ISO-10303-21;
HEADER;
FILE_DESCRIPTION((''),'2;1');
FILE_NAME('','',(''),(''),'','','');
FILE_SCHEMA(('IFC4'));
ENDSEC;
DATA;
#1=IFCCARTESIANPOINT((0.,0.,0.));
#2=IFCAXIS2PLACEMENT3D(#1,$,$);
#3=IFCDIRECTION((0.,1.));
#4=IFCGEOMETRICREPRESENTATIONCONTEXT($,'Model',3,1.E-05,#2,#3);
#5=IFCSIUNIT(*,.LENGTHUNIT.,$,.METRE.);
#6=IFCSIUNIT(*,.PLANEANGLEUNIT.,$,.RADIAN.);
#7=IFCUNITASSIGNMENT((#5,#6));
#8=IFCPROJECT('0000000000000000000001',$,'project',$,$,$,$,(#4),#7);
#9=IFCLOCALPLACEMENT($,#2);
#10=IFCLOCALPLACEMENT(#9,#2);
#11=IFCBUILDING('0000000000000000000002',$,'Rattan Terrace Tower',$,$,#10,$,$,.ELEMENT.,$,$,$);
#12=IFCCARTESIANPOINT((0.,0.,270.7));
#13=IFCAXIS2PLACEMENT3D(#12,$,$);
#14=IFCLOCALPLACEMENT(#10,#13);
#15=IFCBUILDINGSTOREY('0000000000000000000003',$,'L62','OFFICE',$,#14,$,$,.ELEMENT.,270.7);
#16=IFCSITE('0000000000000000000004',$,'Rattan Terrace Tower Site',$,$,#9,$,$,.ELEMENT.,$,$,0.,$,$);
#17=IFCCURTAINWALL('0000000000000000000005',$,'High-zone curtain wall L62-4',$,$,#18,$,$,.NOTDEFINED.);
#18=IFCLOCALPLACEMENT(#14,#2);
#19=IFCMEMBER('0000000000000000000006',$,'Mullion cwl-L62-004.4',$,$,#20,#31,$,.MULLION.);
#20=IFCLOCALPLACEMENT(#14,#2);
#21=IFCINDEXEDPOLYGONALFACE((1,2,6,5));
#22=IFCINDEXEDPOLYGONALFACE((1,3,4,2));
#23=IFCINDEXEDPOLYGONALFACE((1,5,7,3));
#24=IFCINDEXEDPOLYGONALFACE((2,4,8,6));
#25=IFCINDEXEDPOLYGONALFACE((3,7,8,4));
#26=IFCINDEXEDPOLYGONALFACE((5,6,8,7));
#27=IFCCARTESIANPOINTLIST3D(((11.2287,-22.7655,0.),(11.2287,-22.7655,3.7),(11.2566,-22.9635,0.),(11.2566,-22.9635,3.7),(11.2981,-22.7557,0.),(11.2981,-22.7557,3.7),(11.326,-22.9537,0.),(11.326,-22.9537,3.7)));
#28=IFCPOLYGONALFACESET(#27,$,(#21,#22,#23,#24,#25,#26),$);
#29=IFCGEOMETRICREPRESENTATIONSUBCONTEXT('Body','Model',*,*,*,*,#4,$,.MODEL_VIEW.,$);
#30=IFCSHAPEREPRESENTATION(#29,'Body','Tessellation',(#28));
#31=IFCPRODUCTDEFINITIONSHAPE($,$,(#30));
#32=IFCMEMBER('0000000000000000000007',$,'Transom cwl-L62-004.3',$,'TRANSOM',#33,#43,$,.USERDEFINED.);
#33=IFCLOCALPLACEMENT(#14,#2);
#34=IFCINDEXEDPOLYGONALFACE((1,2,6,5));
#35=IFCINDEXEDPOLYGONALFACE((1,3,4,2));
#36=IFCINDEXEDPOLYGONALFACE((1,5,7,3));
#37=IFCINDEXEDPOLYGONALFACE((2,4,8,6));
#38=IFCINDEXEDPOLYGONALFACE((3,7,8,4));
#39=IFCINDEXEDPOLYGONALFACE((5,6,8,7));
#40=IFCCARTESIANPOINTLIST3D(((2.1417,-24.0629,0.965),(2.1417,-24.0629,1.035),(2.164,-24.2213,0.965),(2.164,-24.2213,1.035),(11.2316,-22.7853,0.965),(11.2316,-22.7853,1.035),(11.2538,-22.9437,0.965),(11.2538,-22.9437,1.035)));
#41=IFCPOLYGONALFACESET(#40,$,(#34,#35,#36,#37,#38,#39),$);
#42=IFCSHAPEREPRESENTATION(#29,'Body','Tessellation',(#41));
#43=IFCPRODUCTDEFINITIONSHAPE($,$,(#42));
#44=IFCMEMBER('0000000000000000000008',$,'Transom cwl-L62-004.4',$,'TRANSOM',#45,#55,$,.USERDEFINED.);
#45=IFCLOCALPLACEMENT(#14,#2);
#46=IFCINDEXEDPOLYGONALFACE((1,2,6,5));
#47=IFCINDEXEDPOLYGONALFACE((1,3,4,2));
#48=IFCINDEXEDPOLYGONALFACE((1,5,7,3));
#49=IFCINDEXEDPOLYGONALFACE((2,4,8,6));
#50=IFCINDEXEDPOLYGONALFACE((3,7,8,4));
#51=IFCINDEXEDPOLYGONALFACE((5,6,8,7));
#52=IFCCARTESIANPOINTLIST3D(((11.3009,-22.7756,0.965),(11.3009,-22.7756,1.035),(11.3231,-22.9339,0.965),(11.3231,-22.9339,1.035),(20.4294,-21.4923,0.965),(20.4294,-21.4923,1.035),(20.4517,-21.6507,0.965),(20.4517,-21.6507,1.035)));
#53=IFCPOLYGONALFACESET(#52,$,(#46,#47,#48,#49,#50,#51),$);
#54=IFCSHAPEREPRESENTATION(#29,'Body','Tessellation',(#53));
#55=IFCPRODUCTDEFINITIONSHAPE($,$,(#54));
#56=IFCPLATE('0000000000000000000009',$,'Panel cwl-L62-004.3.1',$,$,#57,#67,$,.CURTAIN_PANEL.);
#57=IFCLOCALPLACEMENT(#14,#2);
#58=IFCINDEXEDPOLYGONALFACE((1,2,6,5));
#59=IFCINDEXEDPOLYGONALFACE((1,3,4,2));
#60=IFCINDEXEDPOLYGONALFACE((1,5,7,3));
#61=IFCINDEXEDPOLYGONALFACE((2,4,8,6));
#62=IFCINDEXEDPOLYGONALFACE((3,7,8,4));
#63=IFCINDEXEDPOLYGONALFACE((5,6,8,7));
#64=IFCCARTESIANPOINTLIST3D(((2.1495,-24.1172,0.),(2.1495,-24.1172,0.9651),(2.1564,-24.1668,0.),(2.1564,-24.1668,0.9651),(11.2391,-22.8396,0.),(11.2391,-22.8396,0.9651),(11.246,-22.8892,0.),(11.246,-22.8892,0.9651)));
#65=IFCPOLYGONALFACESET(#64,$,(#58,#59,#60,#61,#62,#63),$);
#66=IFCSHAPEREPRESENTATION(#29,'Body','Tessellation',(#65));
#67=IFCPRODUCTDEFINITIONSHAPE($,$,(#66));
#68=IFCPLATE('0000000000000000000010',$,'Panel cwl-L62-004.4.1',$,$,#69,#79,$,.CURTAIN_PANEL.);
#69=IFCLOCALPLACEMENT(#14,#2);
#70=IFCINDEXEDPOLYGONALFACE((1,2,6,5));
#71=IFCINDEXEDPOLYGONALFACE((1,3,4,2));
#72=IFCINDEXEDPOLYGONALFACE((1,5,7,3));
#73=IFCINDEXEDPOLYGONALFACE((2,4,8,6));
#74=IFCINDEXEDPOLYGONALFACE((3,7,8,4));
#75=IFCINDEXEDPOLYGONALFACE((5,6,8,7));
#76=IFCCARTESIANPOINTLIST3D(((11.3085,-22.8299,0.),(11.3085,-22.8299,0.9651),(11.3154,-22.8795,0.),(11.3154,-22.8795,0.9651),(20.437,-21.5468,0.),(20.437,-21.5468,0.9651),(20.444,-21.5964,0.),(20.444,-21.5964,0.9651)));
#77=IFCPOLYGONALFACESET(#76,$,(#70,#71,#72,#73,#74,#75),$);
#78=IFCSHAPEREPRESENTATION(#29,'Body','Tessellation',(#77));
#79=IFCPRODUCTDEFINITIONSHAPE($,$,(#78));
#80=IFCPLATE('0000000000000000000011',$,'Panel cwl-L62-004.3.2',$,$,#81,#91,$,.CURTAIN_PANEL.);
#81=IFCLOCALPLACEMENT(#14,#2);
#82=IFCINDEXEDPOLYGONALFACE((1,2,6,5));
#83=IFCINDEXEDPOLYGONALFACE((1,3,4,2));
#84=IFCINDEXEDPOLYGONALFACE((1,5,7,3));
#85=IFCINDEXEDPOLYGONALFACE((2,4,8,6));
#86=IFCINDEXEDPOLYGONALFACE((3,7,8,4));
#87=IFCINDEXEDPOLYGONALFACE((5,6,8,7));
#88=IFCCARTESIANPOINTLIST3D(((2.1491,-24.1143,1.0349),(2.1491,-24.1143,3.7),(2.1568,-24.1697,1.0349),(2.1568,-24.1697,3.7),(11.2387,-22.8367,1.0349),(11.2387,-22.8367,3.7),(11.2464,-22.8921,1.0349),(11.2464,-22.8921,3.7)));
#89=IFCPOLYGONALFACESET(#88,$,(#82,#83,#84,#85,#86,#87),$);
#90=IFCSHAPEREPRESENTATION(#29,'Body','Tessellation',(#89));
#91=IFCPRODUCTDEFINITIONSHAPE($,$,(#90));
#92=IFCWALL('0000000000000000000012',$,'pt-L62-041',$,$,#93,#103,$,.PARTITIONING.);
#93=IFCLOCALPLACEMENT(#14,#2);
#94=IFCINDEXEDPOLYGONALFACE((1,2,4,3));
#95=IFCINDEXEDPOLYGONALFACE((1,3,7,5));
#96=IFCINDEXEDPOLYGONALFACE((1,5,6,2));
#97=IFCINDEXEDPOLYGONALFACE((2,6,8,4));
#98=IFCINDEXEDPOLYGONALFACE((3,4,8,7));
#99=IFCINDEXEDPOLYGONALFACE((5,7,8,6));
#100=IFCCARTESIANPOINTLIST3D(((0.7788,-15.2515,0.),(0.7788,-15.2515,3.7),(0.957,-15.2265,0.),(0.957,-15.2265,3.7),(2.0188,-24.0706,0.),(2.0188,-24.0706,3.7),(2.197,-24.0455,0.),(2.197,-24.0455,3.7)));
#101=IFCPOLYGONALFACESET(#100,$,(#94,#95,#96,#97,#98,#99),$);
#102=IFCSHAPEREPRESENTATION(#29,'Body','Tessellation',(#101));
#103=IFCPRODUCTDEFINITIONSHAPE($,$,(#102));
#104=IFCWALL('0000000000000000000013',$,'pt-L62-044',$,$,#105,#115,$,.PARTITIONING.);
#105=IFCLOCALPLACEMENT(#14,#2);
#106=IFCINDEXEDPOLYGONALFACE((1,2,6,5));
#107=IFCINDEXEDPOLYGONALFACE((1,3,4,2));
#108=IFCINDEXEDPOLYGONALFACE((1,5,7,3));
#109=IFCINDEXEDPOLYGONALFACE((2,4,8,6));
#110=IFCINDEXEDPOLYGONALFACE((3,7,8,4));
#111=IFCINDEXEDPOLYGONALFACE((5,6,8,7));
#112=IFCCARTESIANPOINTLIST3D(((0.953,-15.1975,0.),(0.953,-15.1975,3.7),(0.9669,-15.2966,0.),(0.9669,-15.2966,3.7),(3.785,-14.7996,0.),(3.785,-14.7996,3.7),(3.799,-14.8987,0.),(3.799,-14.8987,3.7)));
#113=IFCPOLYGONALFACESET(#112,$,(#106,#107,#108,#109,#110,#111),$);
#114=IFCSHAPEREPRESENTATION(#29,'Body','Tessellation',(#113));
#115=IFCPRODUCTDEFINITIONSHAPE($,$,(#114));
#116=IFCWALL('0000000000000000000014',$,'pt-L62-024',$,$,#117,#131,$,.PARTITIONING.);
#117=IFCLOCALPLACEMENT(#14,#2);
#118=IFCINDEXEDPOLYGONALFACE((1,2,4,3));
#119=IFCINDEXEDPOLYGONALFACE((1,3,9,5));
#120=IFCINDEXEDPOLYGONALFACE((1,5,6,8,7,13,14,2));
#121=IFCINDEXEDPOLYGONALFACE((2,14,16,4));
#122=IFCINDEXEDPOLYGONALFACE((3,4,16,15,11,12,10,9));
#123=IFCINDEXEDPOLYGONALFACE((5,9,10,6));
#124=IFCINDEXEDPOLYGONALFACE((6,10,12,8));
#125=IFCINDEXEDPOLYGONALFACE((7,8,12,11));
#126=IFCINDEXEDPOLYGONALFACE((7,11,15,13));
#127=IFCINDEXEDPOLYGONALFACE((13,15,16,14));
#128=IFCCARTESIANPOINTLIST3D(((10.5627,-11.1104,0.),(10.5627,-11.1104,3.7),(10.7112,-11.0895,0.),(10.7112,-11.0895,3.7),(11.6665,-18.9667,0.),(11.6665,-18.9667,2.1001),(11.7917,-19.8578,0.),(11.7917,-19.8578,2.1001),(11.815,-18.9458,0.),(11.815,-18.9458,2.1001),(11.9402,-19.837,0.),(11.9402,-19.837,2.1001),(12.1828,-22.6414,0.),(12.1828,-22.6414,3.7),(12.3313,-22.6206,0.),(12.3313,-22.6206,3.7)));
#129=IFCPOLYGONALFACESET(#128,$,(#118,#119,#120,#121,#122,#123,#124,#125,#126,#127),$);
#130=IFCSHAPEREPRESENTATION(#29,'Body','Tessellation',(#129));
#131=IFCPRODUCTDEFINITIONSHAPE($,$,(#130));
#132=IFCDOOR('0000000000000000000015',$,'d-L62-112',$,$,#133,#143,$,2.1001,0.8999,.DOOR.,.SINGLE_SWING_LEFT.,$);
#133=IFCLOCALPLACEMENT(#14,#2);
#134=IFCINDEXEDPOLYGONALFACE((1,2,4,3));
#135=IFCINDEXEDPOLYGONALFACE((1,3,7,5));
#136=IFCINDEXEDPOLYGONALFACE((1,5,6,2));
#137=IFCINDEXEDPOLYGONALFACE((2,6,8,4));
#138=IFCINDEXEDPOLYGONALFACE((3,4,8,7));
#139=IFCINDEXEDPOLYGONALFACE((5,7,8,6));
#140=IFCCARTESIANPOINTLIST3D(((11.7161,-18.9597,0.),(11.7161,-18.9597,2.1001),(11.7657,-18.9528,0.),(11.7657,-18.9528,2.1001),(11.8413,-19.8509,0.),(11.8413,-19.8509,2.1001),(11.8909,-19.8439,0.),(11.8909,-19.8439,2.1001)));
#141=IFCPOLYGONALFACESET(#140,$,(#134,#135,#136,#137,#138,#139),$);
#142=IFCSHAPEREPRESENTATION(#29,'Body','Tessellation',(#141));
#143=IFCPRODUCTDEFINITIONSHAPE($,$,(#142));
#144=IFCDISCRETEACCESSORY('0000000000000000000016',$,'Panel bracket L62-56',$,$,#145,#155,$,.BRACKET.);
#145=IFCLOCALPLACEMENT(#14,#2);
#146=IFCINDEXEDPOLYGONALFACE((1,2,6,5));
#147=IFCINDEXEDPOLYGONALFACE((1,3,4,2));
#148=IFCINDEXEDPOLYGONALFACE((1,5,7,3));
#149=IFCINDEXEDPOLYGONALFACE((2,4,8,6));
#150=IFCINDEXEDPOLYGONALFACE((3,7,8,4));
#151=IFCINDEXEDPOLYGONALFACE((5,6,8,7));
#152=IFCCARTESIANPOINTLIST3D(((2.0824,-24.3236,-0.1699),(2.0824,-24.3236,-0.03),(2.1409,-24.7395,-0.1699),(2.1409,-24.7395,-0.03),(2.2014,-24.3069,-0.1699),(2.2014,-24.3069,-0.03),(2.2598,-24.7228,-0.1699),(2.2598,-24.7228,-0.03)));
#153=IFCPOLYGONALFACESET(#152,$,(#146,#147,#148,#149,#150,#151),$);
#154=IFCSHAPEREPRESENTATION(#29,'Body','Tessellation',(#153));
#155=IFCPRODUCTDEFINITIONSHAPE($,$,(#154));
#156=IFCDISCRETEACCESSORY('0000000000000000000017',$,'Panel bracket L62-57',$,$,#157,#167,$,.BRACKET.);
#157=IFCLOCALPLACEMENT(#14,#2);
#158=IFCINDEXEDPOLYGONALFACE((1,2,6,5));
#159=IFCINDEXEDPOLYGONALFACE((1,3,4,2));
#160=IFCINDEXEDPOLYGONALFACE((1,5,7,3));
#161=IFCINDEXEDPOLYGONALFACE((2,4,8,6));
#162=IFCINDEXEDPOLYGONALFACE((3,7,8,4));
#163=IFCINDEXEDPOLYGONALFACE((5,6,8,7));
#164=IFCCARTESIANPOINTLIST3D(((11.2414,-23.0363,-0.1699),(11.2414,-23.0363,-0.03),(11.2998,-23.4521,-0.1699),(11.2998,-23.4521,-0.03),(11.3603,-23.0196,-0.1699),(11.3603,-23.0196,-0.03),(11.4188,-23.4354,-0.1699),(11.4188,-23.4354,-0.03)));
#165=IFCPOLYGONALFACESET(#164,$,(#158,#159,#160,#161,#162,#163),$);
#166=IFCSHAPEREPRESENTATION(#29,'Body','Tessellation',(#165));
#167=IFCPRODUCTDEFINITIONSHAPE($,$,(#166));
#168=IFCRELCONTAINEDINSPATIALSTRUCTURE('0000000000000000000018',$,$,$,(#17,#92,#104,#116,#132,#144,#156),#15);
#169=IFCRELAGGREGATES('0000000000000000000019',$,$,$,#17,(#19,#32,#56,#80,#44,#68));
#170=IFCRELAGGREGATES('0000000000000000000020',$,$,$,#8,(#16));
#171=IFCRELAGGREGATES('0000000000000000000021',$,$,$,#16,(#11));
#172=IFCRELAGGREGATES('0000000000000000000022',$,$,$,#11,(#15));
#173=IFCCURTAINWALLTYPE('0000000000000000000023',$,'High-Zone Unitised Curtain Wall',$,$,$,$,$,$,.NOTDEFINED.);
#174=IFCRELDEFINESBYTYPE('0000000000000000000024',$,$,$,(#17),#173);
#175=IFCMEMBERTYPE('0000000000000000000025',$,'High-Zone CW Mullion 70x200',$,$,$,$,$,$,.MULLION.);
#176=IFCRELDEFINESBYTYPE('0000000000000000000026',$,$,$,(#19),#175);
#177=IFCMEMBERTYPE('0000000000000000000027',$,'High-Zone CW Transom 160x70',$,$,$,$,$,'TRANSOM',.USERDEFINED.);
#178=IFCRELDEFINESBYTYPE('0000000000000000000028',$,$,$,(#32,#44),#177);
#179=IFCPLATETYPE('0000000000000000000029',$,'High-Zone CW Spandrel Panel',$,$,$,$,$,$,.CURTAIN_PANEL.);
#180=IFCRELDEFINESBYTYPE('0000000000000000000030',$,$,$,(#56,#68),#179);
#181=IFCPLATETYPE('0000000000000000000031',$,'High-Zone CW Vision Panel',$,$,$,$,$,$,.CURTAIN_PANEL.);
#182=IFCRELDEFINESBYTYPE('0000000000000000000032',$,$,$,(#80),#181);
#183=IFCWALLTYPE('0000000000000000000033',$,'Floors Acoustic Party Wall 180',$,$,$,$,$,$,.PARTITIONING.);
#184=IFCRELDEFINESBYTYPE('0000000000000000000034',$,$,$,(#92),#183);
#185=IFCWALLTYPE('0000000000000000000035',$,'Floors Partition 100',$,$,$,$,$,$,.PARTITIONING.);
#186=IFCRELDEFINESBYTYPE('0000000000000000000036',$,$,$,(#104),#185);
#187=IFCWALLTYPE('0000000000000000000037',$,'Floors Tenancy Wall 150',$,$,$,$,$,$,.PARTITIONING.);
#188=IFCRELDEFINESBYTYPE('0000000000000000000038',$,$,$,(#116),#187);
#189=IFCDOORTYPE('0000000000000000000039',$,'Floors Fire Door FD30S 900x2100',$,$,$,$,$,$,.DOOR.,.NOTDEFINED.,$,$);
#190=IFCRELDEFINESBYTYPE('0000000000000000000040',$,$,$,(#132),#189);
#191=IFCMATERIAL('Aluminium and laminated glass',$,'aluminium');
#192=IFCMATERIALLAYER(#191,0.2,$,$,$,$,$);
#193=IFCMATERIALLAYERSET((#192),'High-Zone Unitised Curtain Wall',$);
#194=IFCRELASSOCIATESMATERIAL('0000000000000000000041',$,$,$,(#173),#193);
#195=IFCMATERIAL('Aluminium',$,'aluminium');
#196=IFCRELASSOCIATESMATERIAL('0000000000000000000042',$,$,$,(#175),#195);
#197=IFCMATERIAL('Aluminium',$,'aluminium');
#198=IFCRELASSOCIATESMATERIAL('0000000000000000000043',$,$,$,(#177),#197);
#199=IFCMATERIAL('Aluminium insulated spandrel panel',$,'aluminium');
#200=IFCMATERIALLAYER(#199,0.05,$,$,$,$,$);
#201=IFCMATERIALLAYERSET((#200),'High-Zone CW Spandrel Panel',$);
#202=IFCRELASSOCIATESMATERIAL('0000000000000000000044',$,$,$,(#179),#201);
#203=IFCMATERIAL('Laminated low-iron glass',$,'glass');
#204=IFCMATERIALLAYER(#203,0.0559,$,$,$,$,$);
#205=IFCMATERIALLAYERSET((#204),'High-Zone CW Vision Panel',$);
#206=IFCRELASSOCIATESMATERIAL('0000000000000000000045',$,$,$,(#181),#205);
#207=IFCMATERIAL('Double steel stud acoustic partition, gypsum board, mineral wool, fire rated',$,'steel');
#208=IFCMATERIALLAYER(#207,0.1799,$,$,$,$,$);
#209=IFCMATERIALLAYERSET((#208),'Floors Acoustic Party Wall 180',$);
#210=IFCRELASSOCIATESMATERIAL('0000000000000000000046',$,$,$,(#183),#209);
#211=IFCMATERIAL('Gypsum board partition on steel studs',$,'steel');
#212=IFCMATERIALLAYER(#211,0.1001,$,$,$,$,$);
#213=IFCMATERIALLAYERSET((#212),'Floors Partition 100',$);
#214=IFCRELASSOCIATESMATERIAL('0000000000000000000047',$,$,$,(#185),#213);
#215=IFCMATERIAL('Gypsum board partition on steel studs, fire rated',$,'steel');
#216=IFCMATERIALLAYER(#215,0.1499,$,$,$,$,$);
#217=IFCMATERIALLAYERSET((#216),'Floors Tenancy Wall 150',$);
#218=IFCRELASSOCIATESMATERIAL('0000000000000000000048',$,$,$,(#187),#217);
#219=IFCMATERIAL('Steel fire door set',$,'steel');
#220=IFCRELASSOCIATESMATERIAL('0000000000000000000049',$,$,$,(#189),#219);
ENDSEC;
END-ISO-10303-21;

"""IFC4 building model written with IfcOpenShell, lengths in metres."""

from ifc_helpers import new_model, si_unit, direction, frame, frame_2d, origin, origin_2d, place, context, subcontext, project, spatial, rectangle, extrude, material, layer, layer_set, material_profile, profile_set, type_object, element, fill, aggregate, save


model = new_model("IFC4")

# Units and contexts
model_context = context("Model", 3, precision=1e-05, world=origin(), true_north=direction((0.0, 1.0)))
body_context = subcontext(model_context, "Body", "Model", "MODEL_VIEW")
ifc_project = project(units=[si_unit("LENGTHUNIT", "METRE"), si_unit("PLANEANGLEUNIT", "RADIAN")], contexts=[model_context])

# Site, building, storey
site_placement = place(None, origin())
site = spatial("IfcSite", under=ifc_project, at=site_placement, Name="Rattan Terrace Tower Site", CompositionType="ELEMENT", RefElevation=0.0)
building_placement = place(site_placement, origin())
building = spatial("IfcBuilding", under=site, at=building_placement, Name="Rattan Terrace Tower", CompositionType="ELEMENT")
storey_placement = place(building_placement, frame((0.0, 0.0, 270.7)))
storey = spatial("IfcBuildingStorey", under=building, at=storey_placement, Name="L62", Description="OFFICE", CompositionType="ELEMENT", Elevation=270.7)

# Curtain wall, members, plates
ifc_material_1 = material(Name="Aluminium and laminated glass", Category="aluminium")
ifc_layer_1 = layer(ifc_material_1, 0.2)
ifc_layer_set_1 = layer_set([ifc_layer_1], Name="High-Zone Unitised Curtain Wall")
curtain_wall_type = type_object("IfcCurtainWallType", Name="High-Zone Unitised Curtain Wall", PredefinedType="NOTDEFINED", material=ifc_layer_set_1)
curtain_wall_placement = place(storey_placement, origin())
curtain_wall = element("IfcCurtainWall", 1, at=curtain_wall_placement, inside=storey, type_object=curtain_wall_type, Name="High-zone curtain wall L62-4", PredefinedType="NOTDEFINED")
ifc_material_2 = material(Name="Aluminium", Category="aluminium")
ifc_material_profile_1 = material_profile(ifc_material_2, rectangle(XDim=0.0701, YDim=0.2, at=origin_2d()), Name="Aluminium 70x200")
ifc_profile_set_1 = profile_set([ifc_material_profile_1], Name="Aluminium")
member_type_1 = type_object("IfcMemberType", Name="High-Zone CW Mullion 70x200", PredefinedType="MULLION", material=ifc_profile_set_1)
member_1_placement = place(storey_placement, frame((11.2773, -22.8596, 0.0), z_axis=(0.0, 0.0, 1.0), x_axis=(0.990266, 0.139189, 0.0)))
member_1 = element("IfcMember", 2, at=member_1_placement, type_object=member_type_1, Name="Mullion cwl-L62-004.4", PredefinedType="MULLION", context=body_context, shape_type="SweptSolid", body=[
    extrude(rectangle(XDim=0.0701, YDim=0.2, at=origin_2d()), origin(), (0.0, 0.0, 1.0), 3.7),
])
ifc_material_3 = material(Name="Aluminium", Category="aluminium")
ifc_material_profile_2 = material_profile(ifc_material_3, rectangle(XDim=0.1599, YDim=0.0701, at=origin_2d()), Name="Aluminium 160x70")
ifc_profile_set_2 = profile_set([ifc_material_profile_2], Name="Aluminium")
member_type_2 = type_object("IfcMemberType", Name="High-Zone CW Transom 160x70", ElementType="TRANSOM", PredefinedType="USERDEFINED", material=ifc_profile_set_2)
member_2_placement = place(storey_placement, frame((2.1528, -24.1421, 1.0), z_axis=(0.990267, 0.139183, 0.0), x_axis=(-0.139183, 0.990267, 0.0)))
member_2 = element("IfcMember", 3, at=member_2_placement, type_object=member_type_2, Name="Transom cwl-L62-004.3", ObjectType="TRANSOM", PredefinedType="USERDEFINED", context=body_context, shape_type="SweptSolid", body=[
    extrude(rectangle(XDim=0.1599, YDim=0.0701, at=origin_2d()), origin(), (0.0, 0.0, 1.0), 9.1792),
])
member_3_placement = place(storey_placement, frame((11.312, -22.8547, 1.0), z_axis=(0.990264, 0.139204, 0.0), x_axis=(-0.139204, 0.990264, 0.0)))
member_3 = element("IfcMember", 4, at=member_3_placement, type_object=member_type_2, Name="Transom cwl-L62-004.4", ObjectType="TRANSOM", PredefinedType="USERDEFINED", context=body_context, shape_type="SweptSolid", body=[
    extrude(rectangle(XDim=0.1599, YDim=0.0701, at=origin_2d()), origin(), (0.0, 0.0, 1.0), 9.2183),
])
ifc_material_4 = material(Name="Aluminium insulated spandrel panel", Category="aluminium")
ifc_layer_2 = layer(ifc_material_4, 0.05)
ifc_layer_set_2 = layer_set([ifc_layer_2], Name="High-Zone CW Spandrel Panel")
plate_type_1 = type_object("IfcPlateType", Name="High-Zone CW Spandrel Panel", PredefinedType="CURTAIN_PANEL", material=ifc_layer_set_2)
plate_1_placement = place(storey_placement, frame((6.6978, -23.5032, 0.0), z_axis=(0.0, 0.0, 1.0), x_axis=(0.990266, 0.139189, 0.0)))
plate_1 = element("IfcPlate", 5, at=plate_1_placement, type_object=plate_type_1, Name="Panel cwl-L62-004.3.1", PredefinedType="CURTAIN_PANEL", context=body_context, shape_type="SweptSolid", body=[
    extrude(rectangle(XDim=9.179, YDim=0.05, at=origin_2d()), origin(), (0.0, 0.0, 1.0), 0.9651),
])
plate_2_placement = place(storey_placement, frame((15.8762, -22.2131, 0.0), z_axis=(0.0, 0.0, 1.0), x_axis=(0.990266, 0.139189, 0.0)))
plate_2 = element("IfcPlate", 6, at=plate_2_placement, type_object=plate_type_1, Name="Panel cwl-L62-004.4.1", PredefinedType="CURTAIN_PANEL", context=body_context, shape_type="SweptSolid", body=[
    extrude(rectangle(XDim=9.2183, YDim=0.05, at=origin_2d()), origin(), (0.0, 0.0, 1.0), 0.9651),
])
ifc_material_5 = material(Name="Laminated low-iron glass", Category="glass")
ifc_layer_3 = layer(ifc_material_5, 0.0559)
ifc_layer_set_3 = layer_set([ifc_layer_3], Name="High-Zone CW Vision Panel")
plate_type_2 = type_object("IfcPlateType", Name="High-Zone CW Vision Panel", PredefinedType="CURTAIN_PANEL", material=ifc_layer_set_3)
plate_3_placement = place(storey_placement, frame((6.6978, -23.5032, 1.0349), z_axis=(0.0, 0.0, 1.0), x_axis=(0.990266, 0.139189, 0.0)))
plate_3 = element("IfcPlate", 7, at=plate_3_placement, type_object=plate_type_2, Name="Panel cwl-L62-004.3.2", PredefinedType="CURTAIN_PANEL", context=body_context, shape_type="SweptSolid", body=[
    extrude(rectangle(XDim=9.179, YDim=0.0559, at=origin_2d()), origin(), (0.0, 0.0, 1.0), 2.665),
])
aggregate(curtain_wall, [member_1, member_2, plate_1, plate_3, member_3, plate_2])

# Walls
ifc_material_6 = material(Name="Double steel stud acoustic partition, gypsum board, mineral wool, fire rated", Category="steel")
ifc_layer_4 = layer(ifc_material_6, 0.1799)
ifc_layer_set_4 = layer_set([ifc_layer_4], Name="Floors Acoustic Party Wall 180")
wall_type_1 = type_object("IfcWallType", Name="Floors Acoustic Party Wall 180", PredefinedType="PARTITIONING", material=ifc_layer_set_4)
wall_1_placement = place(storey_placement, frame((0.8679, -15.239, 0.0), z_axis=(0.0, 0.0, 1.0), x_axis=(0.139233, -0.99026, 0.0)))
element("IfcWall", 8, at=wall_1_placement, inside=storey, type_object=wall_type_1, Name="pt-L62-041", PredefinedType="PARTITIONING", context=body_context, shape_type="SweptSolid", body=[
    extrude(rectangle(XDim=8.9058, YDim=0.1799, at=frame_2d((4.4529, 0.0))), origin(), (0.0, 0.0, 1.0), 3.7),
])
ifc_material_7 = material(Name="Gypsum board partition on steel studs", Category="steel")
ifc_layer_5 = layer(ifc_material_7, 0.1001)
ifc_layer_set_5 = layer_set([ifc_layer_5], Name="Floors Partition 100")
wall_type_2 = type_object("IfcWallType", Name="Floors Partition 100", PredefinedType="PARTITIONING", material=ifc_layer_set_5)
wall_2_placement = place(storey_placement, frame((0.96, -15.2471, 0.0), z_axis=(0.0, 0.0, 1.0), x_axis=(0.990271, 0.13915, 0.0)))
element("IfcWall", 9, at=wall_2_placement, inside=storey, type_object=wall_type_2, Name="pt-L62-044", PredefinedType="PARTITIONING", context=body_context, shape_type="SweptSolid", body=[
    extrude(rectangle(XDim=2.8599, YDim=0.1001, at=frame_2d((1.4299, 0.0))), origin(), (0.0, 0.0, 1.0), 3.7),
])

# Wall, opening, door
ifc_material_8 = material(Name="Gypsum board partition on steel studs, fire rated", Category="steel")
ifc_layer_6 = layer(ifc_material_8, 0.1499)
ifc_layer_set_6 = layer_set([ifc_layer_6], Name="Floors Tenancy Wall 150")
wall_type_3 = type_object("IfcWallType", Name="Floors Tenancy Wall 150", PredefinedType="PARTITIONING", material=ifc_layer_set_6)
wall_3_placement = place(storey_placement, frame((12.2571, -22.6311, 0.0), z_axis=(0.0, 0.0, 1.0), x_axis=(-0.139134, 0.990274, 0.0)))
wall_3 = element("IfcWall", 10, at=wall_3_placement, inside=storey, type_object=wall_type_3, Name="pt-L62-024", PredefinedType="PARTITIONING", context=body_context, shape_type="SweptSolid", body=[
    extrude(rectangle(XDim=11.6443, YDim=0.1499, at=frame_2d((5.8223, 0.0))), origin(), (0.0, 0.0, 1.0), 3.7),
])
opening_placement = place(wall_3_placement, frame((2.811, 0.0, 0.0)))
opening = element("IfcOpeningElement", 11, at=opening_placement, cuts=wall_3, PredefinedType="OPENING", context=body_context, shape_type="SweptSolid", body=[
    extrude(rectangle(XDim=0.8999, YDim=2.1001, at=frame_2d((0.45, 1.05))), frame((0.0, 0.0854, 0.0), z_axis=(0.0, -1.0, 0.0), x_axis=(1.0, 0.0, 0.0)), (0.0, 0.0, 1.0), 0.1709),
])
ifc_material_9 = material(Name="Steel fire door set", Category="steel")
door_type = type_object("IfcDoorType", Name="Floors Fire Door FD30S 900x2100", OperationType="NOTDEFINED", PredefinedType="DOOR", material=ifc_material_9)
door_placement = place(opening_placement, origin())
door = element("IfcDoor", 12, at=door_placement, inside=storey, type_object=door_type, Name="d-L62-112", OperationType="SINGLE_SWING_LEFT", OverallHeight=2.1001, OverallWidth=0.8999, PredefinedType="DOOR", context=body_context, shape_type="SweptSolid", body=[
    extrude(rectangle(XDim=0.8999, YDim=2.1001, at=frame_2d((0.45, 1.05))), frame((0.0, 0.0249, 0.0), z_axis=(0.0, -1.0, 0.0), x_axis=(1.0, 0.0, 0.0)), (0.0, 0.0, 1.0), 0.05),
])
fill(opening, door)

# Discrete accessories
for number, where, z_axis, x_axis, name in (
    (13, (2.1711, -24.5232, -0.1699), (0.0, 0.0, 1.0), (0.990266, 0.139189, 0.0), "Panel bracket L62-56"),
    (14, (11.3301, -23.2358, -0.1699), (0.0, 0.0, 1.0), (0.990266, 0.139189, 0.0), "Panel bracket L62-57"),
):
    element("IfcDiscreteAccessory", number, at=place(storey_placement, frame(where, z_axis=z_axis, x_axis=x_axis)), inside=storey, Name=name, PredefinedType="BRACKET", context=body_context, shape_type="SweptSolid", body=[
        extrude(rectangle(XDim=0.1201, YDim=0.4199, at=origin_2d()), origin(), (0.0, 0.0, 1.0), 0.1399),
    ])

save(model, "model.ifc")
